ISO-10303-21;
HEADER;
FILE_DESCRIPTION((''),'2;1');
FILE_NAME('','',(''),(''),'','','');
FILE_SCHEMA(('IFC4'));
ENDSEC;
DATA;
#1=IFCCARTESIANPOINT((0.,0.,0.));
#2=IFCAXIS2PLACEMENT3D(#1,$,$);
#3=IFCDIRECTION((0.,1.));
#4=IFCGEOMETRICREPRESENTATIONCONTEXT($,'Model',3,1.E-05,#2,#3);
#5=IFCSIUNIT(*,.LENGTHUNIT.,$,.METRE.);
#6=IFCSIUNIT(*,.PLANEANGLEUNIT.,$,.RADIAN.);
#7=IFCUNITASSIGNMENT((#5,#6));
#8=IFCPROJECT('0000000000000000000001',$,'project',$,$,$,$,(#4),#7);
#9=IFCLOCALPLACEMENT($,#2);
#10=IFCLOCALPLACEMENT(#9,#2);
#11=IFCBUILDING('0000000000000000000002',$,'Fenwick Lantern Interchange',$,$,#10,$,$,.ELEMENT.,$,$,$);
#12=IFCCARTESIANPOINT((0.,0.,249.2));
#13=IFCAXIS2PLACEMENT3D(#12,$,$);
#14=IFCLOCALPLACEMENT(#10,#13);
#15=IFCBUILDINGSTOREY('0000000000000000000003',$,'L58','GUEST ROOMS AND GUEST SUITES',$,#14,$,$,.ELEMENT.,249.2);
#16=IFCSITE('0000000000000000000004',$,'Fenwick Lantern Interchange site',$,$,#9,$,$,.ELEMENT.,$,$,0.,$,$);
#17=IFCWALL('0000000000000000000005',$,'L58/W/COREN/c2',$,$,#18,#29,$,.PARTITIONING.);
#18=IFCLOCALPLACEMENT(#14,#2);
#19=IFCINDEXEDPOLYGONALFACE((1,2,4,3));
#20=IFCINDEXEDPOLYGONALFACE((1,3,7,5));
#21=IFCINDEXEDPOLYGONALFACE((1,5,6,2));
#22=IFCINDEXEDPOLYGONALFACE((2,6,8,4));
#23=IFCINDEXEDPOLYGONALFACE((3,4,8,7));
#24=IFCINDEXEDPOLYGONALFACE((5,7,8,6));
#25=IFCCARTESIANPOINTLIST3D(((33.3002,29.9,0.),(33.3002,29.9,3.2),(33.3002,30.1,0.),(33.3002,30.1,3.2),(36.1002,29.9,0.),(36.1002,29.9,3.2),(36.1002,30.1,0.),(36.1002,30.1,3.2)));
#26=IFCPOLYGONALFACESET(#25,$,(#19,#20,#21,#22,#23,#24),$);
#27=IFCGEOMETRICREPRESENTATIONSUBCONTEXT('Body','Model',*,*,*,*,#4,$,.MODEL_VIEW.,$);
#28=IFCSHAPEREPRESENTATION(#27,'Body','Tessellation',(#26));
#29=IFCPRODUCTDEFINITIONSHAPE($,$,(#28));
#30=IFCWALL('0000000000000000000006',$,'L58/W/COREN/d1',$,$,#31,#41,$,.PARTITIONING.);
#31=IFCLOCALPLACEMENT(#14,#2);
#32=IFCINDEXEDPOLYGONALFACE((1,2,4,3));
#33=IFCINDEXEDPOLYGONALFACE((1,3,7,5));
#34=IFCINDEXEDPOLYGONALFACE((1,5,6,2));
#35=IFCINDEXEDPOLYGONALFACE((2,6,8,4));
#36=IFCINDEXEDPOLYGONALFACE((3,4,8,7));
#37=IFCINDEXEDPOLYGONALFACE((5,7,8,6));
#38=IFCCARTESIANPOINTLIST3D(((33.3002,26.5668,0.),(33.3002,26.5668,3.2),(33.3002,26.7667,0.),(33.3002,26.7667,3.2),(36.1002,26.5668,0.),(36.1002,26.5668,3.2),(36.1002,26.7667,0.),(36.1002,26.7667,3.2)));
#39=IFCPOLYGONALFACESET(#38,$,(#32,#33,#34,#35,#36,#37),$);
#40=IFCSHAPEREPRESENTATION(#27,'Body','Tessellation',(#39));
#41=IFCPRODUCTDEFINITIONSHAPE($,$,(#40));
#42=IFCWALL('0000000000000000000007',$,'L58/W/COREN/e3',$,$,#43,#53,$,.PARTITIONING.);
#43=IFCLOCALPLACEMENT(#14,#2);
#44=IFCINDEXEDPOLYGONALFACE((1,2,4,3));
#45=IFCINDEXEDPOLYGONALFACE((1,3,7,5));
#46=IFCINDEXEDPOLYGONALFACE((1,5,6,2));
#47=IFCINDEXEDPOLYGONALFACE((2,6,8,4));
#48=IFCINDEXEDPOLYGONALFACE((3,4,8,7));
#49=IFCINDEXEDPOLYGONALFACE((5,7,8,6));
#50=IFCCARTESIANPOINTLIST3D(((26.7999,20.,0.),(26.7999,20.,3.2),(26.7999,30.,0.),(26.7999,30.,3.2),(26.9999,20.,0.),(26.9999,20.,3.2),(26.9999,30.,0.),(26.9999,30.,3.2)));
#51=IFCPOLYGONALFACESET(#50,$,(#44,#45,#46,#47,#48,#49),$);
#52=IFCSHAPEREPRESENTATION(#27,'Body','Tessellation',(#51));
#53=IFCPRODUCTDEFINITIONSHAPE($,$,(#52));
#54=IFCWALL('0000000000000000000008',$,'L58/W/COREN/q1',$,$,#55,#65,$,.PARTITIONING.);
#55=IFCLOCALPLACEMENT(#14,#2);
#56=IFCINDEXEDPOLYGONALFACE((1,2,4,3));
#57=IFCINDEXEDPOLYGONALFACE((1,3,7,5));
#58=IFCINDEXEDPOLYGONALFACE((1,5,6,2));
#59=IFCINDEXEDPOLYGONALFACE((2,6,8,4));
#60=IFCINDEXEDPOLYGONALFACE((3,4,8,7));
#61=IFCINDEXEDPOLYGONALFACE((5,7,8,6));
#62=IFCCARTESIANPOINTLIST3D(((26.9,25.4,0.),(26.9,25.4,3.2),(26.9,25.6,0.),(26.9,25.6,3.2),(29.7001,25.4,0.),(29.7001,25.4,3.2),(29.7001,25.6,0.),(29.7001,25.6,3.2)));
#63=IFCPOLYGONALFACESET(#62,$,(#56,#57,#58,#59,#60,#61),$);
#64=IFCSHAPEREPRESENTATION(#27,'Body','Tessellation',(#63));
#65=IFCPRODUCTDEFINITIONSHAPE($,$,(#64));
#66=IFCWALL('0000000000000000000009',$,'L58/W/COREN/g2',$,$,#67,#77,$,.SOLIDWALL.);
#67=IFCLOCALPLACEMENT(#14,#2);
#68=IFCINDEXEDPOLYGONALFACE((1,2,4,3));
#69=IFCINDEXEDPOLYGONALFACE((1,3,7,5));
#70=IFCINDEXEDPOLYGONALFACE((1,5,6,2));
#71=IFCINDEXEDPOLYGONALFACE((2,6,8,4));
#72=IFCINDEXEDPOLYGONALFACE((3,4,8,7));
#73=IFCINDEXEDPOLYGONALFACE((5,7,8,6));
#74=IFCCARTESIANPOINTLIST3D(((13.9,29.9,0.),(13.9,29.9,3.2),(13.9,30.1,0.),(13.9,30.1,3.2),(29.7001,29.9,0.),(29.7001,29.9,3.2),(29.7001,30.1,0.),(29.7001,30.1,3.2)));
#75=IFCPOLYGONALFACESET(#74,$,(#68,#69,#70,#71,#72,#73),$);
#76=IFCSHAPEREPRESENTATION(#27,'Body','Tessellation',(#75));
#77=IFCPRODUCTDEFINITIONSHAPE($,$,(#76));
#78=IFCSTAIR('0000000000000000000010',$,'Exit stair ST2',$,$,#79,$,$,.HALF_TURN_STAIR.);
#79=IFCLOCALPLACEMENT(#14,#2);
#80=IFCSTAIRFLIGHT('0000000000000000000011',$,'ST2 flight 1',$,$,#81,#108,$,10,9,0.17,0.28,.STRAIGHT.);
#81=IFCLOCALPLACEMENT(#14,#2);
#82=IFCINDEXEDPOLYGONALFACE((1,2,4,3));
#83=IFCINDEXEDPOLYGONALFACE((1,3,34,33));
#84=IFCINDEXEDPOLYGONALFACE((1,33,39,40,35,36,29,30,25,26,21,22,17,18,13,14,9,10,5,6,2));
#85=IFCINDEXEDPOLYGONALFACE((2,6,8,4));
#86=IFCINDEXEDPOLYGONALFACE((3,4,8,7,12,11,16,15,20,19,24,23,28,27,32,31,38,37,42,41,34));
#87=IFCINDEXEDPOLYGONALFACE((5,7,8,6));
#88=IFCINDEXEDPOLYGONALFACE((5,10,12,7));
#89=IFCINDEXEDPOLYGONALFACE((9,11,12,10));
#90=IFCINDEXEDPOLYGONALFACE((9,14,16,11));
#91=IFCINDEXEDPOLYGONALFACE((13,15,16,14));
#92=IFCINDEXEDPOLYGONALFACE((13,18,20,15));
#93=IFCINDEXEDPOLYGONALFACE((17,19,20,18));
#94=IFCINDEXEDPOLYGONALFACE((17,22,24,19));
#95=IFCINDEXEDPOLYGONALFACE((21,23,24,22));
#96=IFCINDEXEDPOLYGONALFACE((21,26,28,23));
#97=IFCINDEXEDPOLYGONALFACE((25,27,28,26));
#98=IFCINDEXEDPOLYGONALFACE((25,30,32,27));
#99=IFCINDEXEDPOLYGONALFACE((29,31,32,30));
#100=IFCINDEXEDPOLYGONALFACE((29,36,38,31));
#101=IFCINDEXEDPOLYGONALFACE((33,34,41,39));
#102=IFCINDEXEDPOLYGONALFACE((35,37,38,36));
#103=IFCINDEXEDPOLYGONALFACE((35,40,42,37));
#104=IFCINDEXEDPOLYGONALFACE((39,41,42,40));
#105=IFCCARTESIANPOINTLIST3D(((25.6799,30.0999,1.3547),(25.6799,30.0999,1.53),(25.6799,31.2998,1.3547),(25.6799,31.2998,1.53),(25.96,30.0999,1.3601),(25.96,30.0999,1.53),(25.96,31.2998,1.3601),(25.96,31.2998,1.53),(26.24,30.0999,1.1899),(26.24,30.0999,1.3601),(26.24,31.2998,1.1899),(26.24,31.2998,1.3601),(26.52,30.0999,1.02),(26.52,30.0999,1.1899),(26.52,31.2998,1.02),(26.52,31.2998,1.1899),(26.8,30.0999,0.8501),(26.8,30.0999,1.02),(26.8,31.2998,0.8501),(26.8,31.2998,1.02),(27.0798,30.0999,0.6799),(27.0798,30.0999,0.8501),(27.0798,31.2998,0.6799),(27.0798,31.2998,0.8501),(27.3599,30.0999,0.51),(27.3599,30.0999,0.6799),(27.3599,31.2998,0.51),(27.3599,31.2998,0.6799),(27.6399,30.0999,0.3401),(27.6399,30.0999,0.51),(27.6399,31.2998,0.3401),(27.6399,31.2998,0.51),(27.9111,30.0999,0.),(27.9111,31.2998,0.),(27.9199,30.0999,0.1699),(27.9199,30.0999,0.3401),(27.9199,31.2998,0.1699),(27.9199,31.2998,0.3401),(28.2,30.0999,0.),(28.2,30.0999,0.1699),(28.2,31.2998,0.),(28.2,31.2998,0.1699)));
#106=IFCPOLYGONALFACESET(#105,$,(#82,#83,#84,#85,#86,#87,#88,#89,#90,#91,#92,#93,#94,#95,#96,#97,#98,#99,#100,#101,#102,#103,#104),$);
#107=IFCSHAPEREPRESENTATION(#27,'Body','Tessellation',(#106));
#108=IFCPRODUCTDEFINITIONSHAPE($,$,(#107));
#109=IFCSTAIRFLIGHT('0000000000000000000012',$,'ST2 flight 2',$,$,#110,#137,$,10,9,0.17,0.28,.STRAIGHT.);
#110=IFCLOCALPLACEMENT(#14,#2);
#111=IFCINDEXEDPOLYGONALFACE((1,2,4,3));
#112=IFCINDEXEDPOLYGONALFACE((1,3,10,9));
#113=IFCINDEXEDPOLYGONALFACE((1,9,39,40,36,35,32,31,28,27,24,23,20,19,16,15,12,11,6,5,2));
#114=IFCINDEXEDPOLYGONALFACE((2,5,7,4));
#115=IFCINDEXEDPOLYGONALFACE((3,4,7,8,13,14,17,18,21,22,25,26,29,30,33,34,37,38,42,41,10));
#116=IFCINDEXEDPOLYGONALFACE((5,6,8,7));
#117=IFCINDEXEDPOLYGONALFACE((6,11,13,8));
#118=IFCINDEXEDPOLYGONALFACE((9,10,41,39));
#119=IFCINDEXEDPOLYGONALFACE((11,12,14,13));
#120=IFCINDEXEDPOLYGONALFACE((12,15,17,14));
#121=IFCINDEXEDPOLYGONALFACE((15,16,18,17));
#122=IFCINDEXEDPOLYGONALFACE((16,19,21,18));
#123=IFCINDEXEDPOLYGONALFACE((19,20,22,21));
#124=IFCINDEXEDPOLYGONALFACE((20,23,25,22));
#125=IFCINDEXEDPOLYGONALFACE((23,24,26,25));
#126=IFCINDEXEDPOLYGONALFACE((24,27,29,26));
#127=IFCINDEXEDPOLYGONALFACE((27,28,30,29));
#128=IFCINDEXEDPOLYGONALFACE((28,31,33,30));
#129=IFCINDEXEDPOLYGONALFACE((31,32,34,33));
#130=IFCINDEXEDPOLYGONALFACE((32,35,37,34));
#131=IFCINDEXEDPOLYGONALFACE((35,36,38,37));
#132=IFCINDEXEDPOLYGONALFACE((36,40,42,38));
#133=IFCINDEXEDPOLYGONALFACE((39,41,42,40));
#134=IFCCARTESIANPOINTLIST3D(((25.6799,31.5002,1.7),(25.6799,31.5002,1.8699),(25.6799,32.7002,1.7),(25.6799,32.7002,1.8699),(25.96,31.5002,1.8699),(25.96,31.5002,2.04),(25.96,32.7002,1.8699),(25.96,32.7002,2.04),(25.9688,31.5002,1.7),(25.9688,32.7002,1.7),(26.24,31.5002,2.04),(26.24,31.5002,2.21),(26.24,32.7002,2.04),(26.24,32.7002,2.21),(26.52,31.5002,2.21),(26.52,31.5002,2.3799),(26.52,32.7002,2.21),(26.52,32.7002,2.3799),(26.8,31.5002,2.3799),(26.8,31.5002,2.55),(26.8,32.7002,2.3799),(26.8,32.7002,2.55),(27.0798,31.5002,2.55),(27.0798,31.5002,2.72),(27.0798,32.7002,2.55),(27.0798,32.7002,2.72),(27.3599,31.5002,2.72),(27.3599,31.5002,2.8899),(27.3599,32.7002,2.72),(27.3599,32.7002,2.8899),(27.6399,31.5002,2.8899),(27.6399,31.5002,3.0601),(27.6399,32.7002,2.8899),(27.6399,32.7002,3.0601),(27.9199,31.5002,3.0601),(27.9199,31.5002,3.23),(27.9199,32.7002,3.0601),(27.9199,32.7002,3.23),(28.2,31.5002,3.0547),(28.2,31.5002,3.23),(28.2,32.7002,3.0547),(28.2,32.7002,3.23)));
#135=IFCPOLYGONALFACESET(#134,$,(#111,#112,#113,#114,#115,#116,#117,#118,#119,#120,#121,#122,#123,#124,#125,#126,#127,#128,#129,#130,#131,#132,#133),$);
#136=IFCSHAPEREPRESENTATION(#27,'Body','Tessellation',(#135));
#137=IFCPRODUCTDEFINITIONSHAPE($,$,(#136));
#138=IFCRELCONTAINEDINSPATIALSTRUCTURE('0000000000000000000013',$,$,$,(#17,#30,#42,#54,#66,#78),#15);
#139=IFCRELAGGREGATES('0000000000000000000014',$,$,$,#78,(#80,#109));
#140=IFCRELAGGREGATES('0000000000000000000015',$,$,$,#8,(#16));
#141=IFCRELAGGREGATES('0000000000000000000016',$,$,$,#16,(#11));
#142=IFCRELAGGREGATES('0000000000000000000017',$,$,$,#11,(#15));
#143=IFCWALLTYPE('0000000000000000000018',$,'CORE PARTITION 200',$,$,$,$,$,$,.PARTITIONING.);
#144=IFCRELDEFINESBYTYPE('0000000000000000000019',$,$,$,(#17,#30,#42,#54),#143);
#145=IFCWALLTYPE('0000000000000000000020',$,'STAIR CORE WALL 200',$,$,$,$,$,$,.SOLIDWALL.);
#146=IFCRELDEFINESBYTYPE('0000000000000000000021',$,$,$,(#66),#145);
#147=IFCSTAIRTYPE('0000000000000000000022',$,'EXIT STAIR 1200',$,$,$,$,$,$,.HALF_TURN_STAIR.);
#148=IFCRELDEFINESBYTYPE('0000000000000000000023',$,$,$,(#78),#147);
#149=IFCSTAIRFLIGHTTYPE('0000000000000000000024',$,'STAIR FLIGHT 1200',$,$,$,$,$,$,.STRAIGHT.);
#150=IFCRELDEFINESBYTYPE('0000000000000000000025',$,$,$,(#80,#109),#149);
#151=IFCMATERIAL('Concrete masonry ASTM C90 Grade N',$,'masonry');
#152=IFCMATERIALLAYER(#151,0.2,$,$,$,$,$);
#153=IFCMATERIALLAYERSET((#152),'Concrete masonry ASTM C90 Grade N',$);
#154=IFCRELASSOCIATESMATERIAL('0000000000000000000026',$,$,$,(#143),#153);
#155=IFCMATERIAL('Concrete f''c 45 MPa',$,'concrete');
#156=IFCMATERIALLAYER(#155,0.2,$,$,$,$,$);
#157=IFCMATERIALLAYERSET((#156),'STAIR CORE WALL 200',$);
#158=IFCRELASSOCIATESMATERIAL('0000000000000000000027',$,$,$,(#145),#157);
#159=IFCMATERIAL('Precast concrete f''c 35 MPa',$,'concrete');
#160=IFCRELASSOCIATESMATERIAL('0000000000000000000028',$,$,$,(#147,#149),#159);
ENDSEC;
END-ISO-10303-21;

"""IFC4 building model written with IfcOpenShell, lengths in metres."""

from ifc_helpers import new_model, si_unit, direction, frame, frame_2d, origin, place, context, subcontext, project, spatial, polyline, rectangle, outline, extrude, material, layer, layer_set, type_object, element, aggregate, save


model = new_model("IFC4")

# Units and contexts
model_context = context("Model", 3, precision=1e-05, world=origin(), true_north=direction((0.0, 1.0)))
body_context = subcontext(model_context, "Body", "Model", "MODEL_VIEW")
ifc_project = project(units=[si_unit("LENGTHUNIT", "METRE"), si_unit("PLANEANGLEUNIT", "RADIAN")], contexts=[model_context])

# Site, building, storey
site_placement = place(None, origin())
site = spatial("IfcSite", under=ifc_project, at=site_placement, Name="Fenwick Lantern Interchange site", CompositionType="ELEMENT", RefElevation=0.0)
building_placement = place(site_placement, origin())
building = spatial("IfcBuilding", under=site, at=building_placement, Name="Fenwick Lantern Interchange", CompositionType="ELEMENT")
storey_placement = place(building_placement, frame((0.0, 0.0, 249.2)))
storey = spatial("IfcBuildingStorey", under=building, at=storey_placement, Name="L58", Description="GUEST ROOMS AND GUEST SUITES", CompositionType="ELEMENT", Elevation=249.2)

# Walls
ifc_material_1 = material(Name="Concrete masonry ASTM C90 Grade N", Category="masonry")
ifc_layer_1 = layer(ifc_material_1, 0.2)
ifc_layer_set_1 = layer_set([ifc_layer_1], Name="Concrete masonry ASTM C90 Grade N")
wall_type_1 = type_object("IfcWallType", Name="CORE PARTITION 200", PredefinedType="PARTITIONING", material=ifc_layer_set_1)
for number, where, z_axis, x_axis, name in (
    (1, (36.1001, 30.0, 0.0), (0.0, 0.0, 1.0), (-1.0, 0.0, 0.0), "L58/W/COREN/c2"),
    (2, (36.1001, 26.6667, 0.0), (0.0, 0.0, 1.0), (-1.0, 0.0, 0.0), "L58/W/COREN/d1"),
):
    element("IfcWall", number, at=place(storey_placement, frame(where, z_axis=z_axis, x_axis=x_axis)), inside=storey, type_object=wall_type_1, Name=name, PredefinedType="PARTITIONING", context=body_context, shape_type="SweptSolid", body=[
        extrude(rectangle(XDim=2.8, YDim=0.2, at=frame_2d((1.3999, 0.0))), origin(), (0.0, 0.0, 1.0), 3.2),
    ])
wall_1_placement = place(storey_placement, frame((26.8999, 30.0, 0.0), z_axis=(0.0, 0.0, 1.0), x_axis=(0.0, -1.0, 0.0)))
element("IfcWall", 3, at=wall_1_placement, inside=storey, type_object=wall_type_1, Name="L58/W/COREN/e3", PredefinedType="PARTITIONING", context=body_context, shape_type="SweptSolid", body=[
    extrude(rectangle(XDim=10.0, YDim=0.2, at=frame_2d((5.0, 0.0))), origin(), (0.0, 0.0, 1.0), 3.2),
])
wall_2_placement = place(storey_placement, frame((29.7, 25.5, 0.0), z_axis=(0.0, 0.0, 1.0), x_axis=(-1.0, 0.0, 0.0)))
element("IfcWall", 4, at=wall_2_placement, inside=storey, type_object=wall_type_1, Name="L58/W/COREN/q1", PredefinedType="PARTITIONING", context=body_context, shape_type="SweptSolid", body=[
    extrude(rectangle(XDim=2.8, YDim=0.2, at=frame_2d((1.3999, 0.0))), origin(), (0.0, 0.0, 1.0), 3.2),
])
ifc_material_2 = material(Name="Concrete f'c 45 MPa", Category="concrete")
ifc_layer_2 = layer(ifc_material_2, 0.2)
ifc_layer_set_2 = layer_set([ifc_layer_2], Name="STAIR CORE WALL 200")
wall_type_2 = type_object("IfcWallType", Name="STAIR CORE WALL 200", PredefinedType="SOLIDWALL", material=ifc_layer_set_2)
wall_3_placement = place(storey_placement, frame((29.7, 30.0, 0.0), z_axis=(0.0, 0.0, 1.0), x_axis=(-1.0, 0.0, 0.0)))
element("IfcWall", 5, at=wall_3_placement, inside=storey, type_object=wall_type_2, Name="L58/W/COREN/g2", PredefinedType="SOLIDWALL", context=body_context, shape_type="SweptSolid", body=[
    extrude(rectangle(XDim=15.8, YDim=0.2, at=frame_2d((7.8999, 0.0))), origin(), (0.0, 0.0, 1.0), 3.2),
])

# Stair, stair flights
ifc_material_3 = material(Name="Precast concrete f'c 35 MPa", Category="concrete")
stair_type = type_object("IfcStairType", Name="EXIT STAIR 1200", PredefinedType="HALF_TURN_STAIR", material=ifc_material_3)
stair_placement = place(storey_placement, origin())
stair = element("IfcStair", 6, at=stair_placement, inside=storey, type_object=stair_type, Name="Exit stair ST2", PredefinedType="HALF_TURN_STAIR")
stair_flight_type = type_object("IfcStairFlightType", Name="STAIR FLIGHT 1200", PredefinedType="STRAIGHT", material=ifc_material_3)
stair_flight_1_placement = place(storey_placement, frame((28.2, 30.7, 0.0), z_axis=(0.0, 0.0, 1.0), x_axis=(-1.0, 0.0, 0.0)))
stair_flight_1 = element("IfcStairFlight", 7, at=stair_flight_1_placement, type_object=stair_flight_type, Name="ST2 flight 1", NumberOfRisers=10, NumberOfTreads=9, PredefinedType="STRAIGHT", RiserHeight=0.17, TreadLength=0.28, context=body_context, shape_type="SweptSolid", body=[
    extrude(outline(polyline([(0.0, 0.0), (0.0, 0.1699), (0.28, 0.1699), (0.28, 0.3401), (0.5601, 0.3401), (0.5601, 0.51), (0.8401, 0.51), (0.8401, 0.6799), (1.1201, 0.6799), (1.1201, 0.8501), (1.3999, 0.8501), (1.3999, 1.02), (1.6799, 1.02), (1.6799, 1.1899), (1.96, 1.1899), (1.96, 1.3601), (2.24, 1.3601), (2.24, 1.53), (2.52, 1.53), (2.52, 1.7), (2.52, 1.3547), (0.2888, 0.0), (0.0, 0.0)])), frame((0.0, 0.6001, 0.0), z_axis=(0.0, -1.0, 0.0), x_axis=(1.0, 0.0, 0.0)), (0.0, 0.0, 1.0), 1.2),
])
stair_flight_2_placement = place(storey_placement, frame((25.6799, 32.1001, 1.7), z_axis=(0.0, 0.0, 1.0), x_axis=(1.0, 0.0, 0.0)))
stair_flight_2 = element("IfcStairFlight", 8, at=stair_flight_2_placement, type_object=stair_flight_type, Name="ST2 flight 2", NumberOfRisers=10, NumberOfTreads=9, PredefinedType="STRAIGHT", RiserHeight=0.17, TreadLength=0.28, context=body_context, shape_type="SweptSolid", body=[
    extrude(outline(polyline([(0.0, 0.0), (0.0, 0.1699), (0.28, 0.1699), (0.28, 0.3401), (0.5601, 0.3401), (0.5601, 0.51), (0.8401, 0.51), (0.8401, 0.6799), (1.1201, 0.6799), (1.1201, 0.8501), (1.3999, 0.8501), (1.3999, 1.02), (1.6799, 1.02), (1.6799, 1.1899), (1.96, 1.1899), (1.96, 1.3601), (2.24, 1.3601), (2.24, 1.53), (2.52, 1.53), (2.52, 1.7), (2.52, 1.3547), (0.2888, 0.0), (0.0, 0.0)])), frame((0.0, 0.6001, 0.0), z_axis=(0.0, -1.0, 0.0), x_axis=(1.0, 0.0, 0.0)), (0.0, 0.0, 1.0), 1.2),
])
aggregate(stair, [stair_flight_1, stair_flight_2])

save(model, "model.ifc")
